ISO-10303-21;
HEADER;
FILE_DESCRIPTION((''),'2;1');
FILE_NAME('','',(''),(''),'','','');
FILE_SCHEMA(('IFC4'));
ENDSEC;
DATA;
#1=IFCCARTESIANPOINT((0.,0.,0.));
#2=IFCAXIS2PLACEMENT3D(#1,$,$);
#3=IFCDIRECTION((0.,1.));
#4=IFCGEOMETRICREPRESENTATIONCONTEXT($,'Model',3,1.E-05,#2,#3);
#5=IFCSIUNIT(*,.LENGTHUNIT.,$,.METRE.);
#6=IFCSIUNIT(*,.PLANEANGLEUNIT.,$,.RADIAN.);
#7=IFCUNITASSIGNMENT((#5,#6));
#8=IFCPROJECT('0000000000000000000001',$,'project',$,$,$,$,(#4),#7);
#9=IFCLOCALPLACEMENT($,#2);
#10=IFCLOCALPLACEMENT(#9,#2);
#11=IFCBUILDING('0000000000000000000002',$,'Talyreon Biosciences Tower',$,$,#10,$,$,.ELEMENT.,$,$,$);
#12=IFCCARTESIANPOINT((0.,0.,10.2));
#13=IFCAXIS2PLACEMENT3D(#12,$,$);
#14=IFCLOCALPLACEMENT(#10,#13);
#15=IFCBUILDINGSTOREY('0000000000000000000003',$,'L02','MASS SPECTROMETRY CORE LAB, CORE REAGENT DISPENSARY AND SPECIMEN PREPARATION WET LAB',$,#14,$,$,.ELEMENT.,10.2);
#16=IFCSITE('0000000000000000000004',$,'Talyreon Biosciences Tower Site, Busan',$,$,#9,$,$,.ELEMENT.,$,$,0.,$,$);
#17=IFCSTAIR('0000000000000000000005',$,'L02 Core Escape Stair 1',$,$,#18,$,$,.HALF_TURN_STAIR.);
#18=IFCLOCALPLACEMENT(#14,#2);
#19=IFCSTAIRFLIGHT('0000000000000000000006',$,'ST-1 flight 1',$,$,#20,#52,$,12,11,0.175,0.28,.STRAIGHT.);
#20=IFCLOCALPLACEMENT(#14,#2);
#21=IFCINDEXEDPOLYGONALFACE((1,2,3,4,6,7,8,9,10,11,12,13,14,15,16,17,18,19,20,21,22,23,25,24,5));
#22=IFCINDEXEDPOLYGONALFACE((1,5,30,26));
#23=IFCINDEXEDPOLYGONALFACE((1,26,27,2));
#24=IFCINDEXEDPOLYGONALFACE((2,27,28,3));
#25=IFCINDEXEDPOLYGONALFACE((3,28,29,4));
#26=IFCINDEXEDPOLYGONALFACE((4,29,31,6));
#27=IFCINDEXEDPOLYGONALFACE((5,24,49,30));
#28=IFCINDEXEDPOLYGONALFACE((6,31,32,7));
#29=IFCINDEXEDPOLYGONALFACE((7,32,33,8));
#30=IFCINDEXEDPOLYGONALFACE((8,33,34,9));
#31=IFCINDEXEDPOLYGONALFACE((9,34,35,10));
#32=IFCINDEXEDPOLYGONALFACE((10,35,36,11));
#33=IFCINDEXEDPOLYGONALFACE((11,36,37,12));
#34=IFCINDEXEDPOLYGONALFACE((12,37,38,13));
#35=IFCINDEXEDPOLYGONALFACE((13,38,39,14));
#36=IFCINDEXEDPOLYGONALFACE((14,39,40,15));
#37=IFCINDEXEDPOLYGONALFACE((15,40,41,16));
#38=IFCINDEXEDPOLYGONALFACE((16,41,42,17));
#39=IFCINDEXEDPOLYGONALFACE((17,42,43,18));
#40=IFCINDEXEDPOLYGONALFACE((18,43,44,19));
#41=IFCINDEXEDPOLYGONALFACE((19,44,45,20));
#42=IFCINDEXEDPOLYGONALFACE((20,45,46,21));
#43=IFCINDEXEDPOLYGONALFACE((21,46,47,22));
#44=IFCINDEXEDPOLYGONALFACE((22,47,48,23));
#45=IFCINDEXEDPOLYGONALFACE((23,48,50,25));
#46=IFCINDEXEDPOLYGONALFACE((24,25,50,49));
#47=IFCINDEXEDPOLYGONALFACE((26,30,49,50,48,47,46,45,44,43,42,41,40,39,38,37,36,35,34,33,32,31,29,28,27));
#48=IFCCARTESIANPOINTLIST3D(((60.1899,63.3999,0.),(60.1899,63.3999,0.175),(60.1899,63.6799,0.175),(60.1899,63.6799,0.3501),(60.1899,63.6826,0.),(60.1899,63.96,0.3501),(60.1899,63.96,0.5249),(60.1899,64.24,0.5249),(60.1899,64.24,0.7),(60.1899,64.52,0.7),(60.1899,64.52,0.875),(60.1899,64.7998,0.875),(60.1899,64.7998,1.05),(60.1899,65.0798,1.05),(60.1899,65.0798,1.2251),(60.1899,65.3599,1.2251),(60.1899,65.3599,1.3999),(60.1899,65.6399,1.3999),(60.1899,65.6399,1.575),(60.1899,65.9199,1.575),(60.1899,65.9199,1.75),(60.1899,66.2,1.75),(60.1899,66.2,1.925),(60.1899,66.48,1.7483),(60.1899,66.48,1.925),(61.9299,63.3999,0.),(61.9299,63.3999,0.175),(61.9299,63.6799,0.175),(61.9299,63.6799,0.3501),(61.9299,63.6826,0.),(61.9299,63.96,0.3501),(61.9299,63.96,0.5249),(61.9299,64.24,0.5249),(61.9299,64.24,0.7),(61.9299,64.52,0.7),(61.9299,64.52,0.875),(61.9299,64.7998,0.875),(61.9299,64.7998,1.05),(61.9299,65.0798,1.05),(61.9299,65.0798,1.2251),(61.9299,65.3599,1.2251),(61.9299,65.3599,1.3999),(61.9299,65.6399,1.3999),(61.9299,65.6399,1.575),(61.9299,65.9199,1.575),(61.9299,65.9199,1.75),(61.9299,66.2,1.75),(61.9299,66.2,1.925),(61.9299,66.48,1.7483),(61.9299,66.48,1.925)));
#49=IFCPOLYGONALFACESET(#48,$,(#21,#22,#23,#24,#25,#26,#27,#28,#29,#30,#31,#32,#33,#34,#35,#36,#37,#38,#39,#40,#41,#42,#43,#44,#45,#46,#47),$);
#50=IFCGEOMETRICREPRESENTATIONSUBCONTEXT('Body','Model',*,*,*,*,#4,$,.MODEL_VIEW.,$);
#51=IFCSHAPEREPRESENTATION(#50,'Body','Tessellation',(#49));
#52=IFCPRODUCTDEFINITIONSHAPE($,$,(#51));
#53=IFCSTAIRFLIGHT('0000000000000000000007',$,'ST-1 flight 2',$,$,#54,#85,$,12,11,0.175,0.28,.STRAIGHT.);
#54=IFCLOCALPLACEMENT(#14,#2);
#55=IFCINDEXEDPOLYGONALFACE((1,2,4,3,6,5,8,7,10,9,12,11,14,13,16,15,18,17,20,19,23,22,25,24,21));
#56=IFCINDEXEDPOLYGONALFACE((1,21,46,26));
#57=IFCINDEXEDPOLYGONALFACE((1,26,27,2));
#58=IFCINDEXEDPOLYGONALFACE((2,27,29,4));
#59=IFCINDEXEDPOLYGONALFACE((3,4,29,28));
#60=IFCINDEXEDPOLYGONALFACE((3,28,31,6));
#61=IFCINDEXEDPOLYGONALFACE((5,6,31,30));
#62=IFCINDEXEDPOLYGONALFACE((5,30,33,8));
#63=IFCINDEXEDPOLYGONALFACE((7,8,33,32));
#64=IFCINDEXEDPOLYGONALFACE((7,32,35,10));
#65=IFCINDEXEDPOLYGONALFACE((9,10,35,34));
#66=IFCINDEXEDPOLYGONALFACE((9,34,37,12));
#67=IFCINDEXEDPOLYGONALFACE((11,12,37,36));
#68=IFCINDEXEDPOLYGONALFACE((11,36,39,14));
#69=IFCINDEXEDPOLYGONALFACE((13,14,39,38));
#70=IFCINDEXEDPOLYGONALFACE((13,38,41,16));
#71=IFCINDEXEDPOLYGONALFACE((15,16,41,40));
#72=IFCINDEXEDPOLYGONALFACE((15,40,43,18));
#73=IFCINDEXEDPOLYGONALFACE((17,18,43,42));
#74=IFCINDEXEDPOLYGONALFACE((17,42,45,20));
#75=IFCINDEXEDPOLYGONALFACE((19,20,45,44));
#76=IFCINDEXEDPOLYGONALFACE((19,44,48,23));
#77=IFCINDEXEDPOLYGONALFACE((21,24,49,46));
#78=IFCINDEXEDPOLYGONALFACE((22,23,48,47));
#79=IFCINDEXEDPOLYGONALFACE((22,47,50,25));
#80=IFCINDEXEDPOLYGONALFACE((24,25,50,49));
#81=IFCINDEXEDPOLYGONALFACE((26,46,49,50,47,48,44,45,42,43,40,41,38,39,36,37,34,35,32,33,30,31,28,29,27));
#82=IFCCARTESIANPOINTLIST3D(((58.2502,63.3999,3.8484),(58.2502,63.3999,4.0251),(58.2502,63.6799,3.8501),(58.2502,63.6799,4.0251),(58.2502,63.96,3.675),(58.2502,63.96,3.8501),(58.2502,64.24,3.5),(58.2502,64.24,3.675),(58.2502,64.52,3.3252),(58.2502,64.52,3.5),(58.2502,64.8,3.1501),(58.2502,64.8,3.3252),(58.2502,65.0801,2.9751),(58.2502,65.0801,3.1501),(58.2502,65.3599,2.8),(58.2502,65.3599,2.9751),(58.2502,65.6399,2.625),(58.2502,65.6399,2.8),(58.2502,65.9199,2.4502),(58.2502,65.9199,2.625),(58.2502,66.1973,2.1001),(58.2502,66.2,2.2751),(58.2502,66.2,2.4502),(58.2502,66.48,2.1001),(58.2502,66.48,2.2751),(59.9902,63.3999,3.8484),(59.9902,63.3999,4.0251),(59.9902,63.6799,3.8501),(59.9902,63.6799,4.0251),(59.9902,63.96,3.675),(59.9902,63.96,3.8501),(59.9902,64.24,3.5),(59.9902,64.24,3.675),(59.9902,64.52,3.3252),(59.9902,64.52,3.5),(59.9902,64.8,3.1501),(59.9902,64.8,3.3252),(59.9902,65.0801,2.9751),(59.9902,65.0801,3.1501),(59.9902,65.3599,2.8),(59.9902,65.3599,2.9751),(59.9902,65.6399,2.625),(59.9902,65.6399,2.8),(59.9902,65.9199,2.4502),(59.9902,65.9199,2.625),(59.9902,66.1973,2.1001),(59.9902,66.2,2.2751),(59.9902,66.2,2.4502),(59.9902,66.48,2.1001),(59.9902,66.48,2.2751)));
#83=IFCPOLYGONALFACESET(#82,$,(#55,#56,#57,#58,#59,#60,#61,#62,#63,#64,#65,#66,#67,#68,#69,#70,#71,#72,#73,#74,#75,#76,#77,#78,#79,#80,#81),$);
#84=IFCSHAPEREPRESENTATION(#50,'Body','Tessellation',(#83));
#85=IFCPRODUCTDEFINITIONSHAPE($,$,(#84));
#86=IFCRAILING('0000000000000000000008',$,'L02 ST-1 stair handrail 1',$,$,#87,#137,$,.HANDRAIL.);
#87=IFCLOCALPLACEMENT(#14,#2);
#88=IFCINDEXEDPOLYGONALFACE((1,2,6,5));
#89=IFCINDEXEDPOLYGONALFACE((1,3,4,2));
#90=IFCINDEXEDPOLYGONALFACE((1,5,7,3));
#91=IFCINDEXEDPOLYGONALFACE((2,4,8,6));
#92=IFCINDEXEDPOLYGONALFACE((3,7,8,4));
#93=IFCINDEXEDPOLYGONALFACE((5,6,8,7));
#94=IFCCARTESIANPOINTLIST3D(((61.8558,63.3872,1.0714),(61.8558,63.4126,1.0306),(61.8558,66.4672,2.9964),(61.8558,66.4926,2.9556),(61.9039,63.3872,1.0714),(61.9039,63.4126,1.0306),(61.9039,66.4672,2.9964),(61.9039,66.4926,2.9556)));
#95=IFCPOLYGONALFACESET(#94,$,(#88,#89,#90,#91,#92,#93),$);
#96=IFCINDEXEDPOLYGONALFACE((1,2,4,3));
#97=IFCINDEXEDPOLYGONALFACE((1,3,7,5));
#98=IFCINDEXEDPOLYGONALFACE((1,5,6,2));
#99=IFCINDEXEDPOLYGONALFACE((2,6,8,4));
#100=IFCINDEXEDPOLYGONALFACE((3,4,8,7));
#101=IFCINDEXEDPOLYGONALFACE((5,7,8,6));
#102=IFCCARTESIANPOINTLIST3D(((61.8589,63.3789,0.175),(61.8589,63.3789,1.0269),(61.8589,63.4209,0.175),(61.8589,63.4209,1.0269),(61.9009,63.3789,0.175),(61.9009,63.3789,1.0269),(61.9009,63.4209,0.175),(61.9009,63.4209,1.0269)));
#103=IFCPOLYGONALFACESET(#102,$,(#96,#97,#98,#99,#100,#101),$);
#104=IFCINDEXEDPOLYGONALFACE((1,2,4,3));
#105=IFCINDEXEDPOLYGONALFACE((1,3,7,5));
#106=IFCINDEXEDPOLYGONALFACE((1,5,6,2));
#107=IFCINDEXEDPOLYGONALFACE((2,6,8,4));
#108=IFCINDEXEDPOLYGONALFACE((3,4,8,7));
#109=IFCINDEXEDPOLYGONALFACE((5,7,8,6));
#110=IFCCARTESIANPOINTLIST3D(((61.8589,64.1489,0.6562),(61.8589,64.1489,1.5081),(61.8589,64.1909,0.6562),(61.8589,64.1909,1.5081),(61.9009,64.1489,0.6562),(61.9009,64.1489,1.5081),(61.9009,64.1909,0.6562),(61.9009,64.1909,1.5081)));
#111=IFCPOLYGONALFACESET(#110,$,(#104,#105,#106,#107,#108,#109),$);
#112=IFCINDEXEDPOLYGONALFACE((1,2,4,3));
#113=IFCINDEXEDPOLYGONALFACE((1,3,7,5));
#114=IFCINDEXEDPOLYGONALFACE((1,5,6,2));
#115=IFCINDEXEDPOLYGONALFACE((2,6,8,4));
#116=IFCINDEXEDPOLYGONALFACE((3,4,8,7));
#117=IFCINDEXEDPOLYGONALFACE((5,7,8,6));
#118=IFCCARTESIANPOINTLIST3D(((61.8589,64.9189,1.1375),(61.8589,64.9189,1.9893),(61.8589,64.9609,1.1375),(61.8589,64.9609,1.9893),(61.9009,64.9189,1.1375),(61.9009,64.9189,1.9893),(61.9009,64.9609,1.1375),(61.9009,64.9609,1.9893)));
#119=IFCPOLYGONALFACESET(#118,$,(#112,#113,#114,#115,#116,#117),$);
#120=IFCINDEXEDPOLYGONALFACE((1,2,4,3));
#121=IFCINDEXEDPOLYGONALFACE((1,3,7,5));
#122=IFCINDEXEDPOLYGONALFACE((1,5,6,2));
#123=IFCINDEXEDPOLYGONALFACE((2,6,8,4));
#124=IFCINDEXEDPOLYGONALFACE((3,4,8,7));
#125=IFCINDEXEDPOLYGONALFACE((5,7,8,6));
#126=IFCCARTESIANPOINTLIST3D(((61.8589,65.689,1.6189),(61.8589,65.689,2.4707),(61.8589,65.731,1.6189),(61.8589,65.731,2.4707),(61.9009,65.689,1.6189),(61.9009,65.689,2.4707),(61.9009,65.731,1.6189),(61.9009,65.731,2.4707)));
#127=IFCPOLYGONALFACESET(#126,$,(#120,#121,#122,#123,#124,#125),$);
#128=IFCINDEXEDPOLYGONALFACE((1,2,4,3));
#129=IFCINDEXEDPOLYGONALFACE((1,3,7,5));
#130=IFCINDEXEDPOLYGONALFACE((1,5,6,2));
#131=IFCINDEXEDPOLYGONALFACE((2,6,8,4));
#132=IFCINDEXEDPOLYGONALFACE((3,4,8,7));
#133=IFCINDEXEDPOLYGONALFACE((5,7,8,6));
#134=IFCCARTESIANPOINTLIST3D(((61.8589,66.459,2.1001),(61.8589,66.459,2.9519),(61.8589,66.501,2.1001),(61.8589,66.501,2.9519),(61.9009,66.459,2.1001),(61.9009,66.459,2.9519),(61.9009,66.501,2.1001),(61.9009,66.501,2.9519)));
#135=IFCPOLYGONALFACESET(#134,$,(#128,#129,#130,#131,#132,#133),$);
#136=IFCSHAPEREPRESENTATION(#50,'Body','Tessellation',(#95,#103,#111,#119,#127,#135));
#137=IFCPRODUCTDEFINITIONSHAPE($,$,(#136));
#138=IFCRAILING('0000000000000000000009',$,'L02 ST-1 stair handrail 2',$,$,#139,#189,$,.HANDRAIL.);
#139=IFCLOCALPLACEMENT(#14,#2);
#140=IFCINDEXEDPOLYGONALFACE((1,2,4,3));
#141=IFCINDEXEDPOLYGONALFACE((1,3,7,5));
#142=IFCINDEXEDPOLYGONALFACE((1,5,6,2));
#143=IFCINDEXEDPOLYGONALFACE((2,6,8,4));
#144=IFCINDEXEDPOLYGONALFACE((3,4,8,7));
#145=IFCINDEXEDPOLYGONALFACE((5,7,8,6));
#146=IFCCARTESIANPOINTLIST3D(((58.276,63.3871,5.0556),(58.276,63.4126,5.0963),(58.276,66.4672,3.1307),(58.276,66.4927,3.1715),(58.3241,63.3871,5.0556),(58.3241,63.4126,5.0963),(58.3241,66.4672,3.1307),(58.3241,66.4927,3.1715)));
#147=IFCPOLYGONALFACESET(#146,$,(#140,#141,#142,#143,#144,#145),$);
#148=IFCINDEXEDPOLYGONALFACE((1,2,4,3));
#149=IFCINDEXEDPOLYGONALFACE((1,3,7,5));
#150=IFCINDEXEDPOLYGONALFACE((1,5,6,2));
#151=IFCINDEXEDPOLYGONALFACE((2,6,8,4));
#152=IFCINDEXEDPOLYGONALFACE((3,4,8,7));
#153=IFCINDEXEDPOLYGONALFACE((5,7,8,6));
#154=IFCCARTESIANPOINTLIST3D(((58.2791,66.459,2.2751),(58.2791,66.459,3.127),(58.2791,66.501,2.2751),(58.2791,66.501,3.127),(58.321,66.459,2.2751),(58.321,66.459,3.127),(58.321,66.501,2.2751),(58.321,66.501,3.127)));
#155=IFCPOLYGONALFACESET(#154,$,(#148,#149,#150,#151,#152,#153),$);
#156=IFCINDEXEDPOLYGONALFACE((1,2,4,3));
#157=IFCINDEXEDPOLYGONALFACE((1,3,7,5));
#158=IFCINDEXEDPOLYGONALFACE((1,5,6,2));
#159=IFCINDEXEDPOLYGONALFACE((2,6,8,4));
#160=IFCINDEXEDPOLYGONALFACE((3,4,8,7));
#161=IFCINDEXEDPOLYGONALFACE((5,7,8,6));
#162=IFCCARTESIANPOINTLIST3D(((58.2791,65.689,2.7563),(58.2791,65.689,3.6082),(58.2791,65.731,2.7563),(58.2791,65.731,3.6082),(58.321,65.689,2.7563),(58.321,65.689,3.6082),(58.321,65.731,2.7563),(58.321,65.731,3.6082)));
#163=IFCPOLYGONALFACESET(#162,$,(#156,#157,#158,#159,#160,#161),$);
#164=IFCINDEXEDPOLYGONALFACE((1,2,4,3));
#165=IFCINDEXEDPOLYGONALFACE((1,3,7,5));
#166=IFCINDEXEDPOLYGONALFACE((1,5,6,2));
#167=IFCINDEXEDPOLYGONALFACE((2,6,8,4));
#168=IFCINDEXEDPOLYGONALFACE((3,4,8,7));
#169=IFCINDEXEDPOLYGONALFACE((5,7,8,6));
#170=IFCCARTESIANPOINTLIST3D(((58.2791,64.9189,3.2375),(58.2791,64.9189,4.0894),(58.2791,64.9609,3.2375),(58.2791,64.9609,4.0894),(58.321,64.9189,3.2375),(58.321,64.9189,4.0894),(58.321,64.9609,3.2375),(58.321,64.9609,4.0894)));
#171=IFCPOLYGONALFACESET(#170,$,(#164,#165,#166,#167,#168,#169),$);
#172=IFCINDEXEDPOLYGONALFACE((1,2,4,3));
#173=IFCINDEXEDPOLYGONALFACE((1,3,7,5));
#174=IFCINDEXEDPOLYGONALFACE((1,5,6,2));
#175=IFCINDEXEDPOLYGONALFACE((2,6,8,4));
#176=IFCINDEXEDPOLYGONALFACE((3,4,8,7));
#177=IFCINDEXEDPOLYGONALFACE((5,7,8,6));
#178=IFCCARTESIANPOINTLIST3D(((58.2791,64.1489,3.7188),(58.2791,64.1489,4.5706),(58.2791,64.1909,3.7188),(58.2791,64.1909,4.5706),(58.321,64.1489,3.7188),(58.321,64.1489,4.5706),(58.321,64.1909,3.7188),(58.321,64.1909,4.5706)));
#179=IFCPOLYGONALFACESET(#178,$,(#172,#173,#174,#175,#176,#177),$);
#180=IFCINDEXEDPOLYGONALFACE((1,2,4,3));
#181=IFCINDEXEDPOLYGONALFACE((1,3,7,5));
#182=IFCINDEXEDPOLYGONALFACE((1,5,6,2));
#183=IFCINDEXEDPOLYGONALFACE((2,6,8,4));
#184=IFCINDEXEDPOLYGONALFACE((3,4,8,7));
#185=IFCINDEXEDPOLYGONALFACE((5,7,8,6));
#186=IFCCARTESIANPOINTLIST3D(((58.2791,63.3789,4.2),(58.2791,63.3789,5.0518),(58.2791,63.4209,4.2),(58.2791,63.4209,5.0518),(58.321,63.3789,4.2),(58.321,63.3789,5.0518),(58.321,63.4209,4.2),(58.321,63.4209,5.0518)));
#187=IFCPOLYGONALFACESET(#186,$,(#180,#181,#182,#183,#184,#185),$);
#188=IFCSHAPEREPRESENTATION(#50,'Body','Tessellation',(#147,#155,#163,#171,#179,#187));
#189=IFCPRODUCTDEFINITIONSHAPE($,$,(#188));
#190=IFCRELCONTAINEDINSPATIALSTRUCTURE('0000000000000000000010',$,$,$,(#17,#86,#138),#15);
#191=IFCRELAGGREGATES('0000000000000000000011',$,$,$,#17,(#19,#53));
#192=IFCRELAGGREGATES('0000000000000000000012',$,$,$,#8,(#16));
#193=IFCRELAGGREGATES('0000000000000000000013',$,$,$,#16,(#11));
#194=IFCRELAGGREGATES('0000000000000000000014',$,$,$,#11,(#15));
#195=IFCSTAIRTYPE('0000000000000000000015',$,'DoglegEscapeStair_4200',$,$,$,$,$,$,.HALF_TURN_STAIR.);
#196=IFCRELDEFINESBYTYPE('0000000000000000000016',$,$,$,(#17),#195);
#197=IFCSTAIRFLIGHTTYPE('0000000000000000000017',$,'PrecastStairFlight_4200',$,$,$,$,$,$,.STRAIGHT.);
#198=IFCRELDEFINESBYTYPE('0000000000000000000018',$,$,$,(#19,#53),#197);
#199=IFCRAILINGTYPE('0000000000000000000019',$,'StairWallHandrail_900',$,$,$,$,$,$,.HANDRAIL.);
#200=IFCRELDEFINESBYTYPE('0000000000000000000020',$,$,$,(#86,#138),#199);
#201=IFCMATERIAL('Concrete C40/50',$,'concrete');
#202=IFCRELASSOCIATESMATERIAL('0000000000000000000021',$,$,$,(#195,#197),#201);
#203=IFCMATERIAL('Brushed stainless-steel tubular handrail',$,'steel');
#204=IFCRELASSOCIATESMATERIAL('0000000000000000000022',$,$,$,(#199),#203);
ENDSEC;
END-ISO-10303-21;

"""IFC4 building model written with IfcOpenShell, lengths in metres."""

from ifc_helpers import new_model, si_unit, direction, frame, origin, origin_2d, place, context, subcontext, project, spatial, polyline, rectangle, outline, extrude, material, type_object, element, aggregate, save


model = new_model("IFC4")

# Units and contexts
model_context = context("Model", 3, precision=1e-05, world=origin(), true_north=direction((0.0, 1.0)))
body_context = subcontext(model_context, "Body", "Model", "MODEL_VIEW")
ifc_project = project(units=[si_unit("LENGTHUNIT", "METRE"), si_unit("PLANEANGLEUNIT", "RADIAN")], contexts=[model_context])

# Site, building, storey
site_placement = place(None, origin())
site = spatial("IfcSite", under=ifc_project, at=site_placement, Name="Talyreon Biosciences Tower Site, Busan", CompositionType="ELEMENT", RefElevation=0.0)
building_placement = place(site_placement, origin())
building = spatial("IfcBuilding", under=site, at=building_placement, Name="Talyreon Biosciences Tower", CompositionType="ELEMENT")
storey_placement = place(building_placement, frame((0.0, 0.0, 10.2)))
storey = spatial("IfcBuildingStorey", under=building, at=storey_placement, Name="L02", Description="MASS SPECTROMETRY CORE LAB, CORE REAGENT DISPENSARY AND SPECIMEN PREPARATION WET LAB", CompositionType="ELEMENT", Elevation=10.2)

# Stair, stair flights
ifc_material_1 = material(Name="Concrete C40/50", Category="concrete")
stair_type = type_object("IfcStairType", Name="DoglegEscapeStair_4200", PredefinedType="HALF_TURN_STAIR", material=ifc_material_1)
stair_placement = place(storey_placement, origin())
stair = element("IfcStair", 1, at=stair_placement, inside=storey, type_object=stair_type, Name="L02 Core Escape Stair 1", PredefinedType="HALF_TURN_STAIR")
stair_flight_type = type_object("IfcStairFlightType", Name="PrecastStairFlight_4200", PredefinedType="STRAIGHT", material=ifc_material_1)
stair_flight_1_placement = place(storey_placement, frame((61.0601, 63.3999, 0.0), z_axis=(0.0, 0.0, 1.0), x_axis=(0.0, 1.0, 0.0)))
stair_flight_1 = element("IfcStairFlight", 2, at=stair_flight_1_placement, type_object=stair_flight_type, Name="ST-1 flight 1", NumberOfRisers=12, NumberOfTreads=11, PredefinedType="STRAIGHT", RiserHeight=0.175, TreadLength=0.28, context=body_context, shape_type="SweptSolid", body=[
    extrude(outline(polyline([(0.0, 0.0), (0.0, 0.175), (0.28, 0.175), (0.28, 0.3501), (0.5601, 0.3501), (0.5601, 0.5249), (0.8401, 0.5249), (0.8401, 0.7), (1.1201, 0.7), (1.1201, 0.875), (1.3999, 0.875), (1.3999, 1.05), (1.6799, 1.05), (1.6799, 1.2251), (1.96, 1.2251), (1.96, 1.3999), (2.24, 1.3999), (2.24, 1.575), (2.52, 1.575), (2.52, 1.75), (2.8, 1.75), (2.8, 1.925), (3.0801, 1.925), (3.0801, 2.1001), (3.0801, 1.7483), (0.2827, 0.0), (0.0, 0.0)])), frame((0.0, 0.8701, 0.0), z_axis=(0.0, -1.0, 0.0), x_axis=(1.0, 0.0, 0.0)), (0.0, 0.0, 1.0), 1.74),
])
stair_flight_2_placement = place(storey_placement, frame((59.1201, 66.48, 2.1001), z_axis=(0.0, 0.0, 1.0), x_axis=(0.0, -1.0, 0.0)))
stair_flight_2 = element("IfcStairFlight", 3, at=stair_flight_2_placement, type_object=stair_flight_type, Name="ST-1 flight 2", NumberOfRisers=12, NumberOfTreads=11, PredefinedType="STRAIGHT", RiserHeight=0.175, TreadLength=0.28, context=body_context, shape_type="SweptSolid", body=[
    extrude(outline(polyline([(0.0, 0.0), (0.0, 0.175), (0.28, 0.175), (0.28, 0.3501), (0.5601, 0.3501), (0.5601, 0.5249), (0.8401, 0.5249), (0.8401, 0.7), (1.1201, 0.7), (1.1201, 0.875), (1.3999, 0.875), (1.3999, 1.05), (1.6799, 1.05), (1.6799, 1.2251), (1.96, 1.2251), (1.96, 1.3999), (2.24, 1.3999), (2.24, 1.575), (2.52, 1.575), (2.52, 1.75), (2.8, 1.75), (2.8, 1.925), (3.0801, 1.925), (3.0801, 2.1001), (3.0801, 1.7483), (0.2827, 0.0), (0.0, 0.0)])), frame((0.0, 0.8701, 0.0), z_axis=(0.0, -1.0, 0.0), x_axis=(1.0, 0.0, 0.0)), (0.0, 0.0, 1.0), 1.74),
])
aggregate(stair, [stair_flight_1, stair_flight_2])

# Railings
ifc_material_2 = material(Name="Brushed stainless-steel tubular handrail", Category="steel")
railing_type_1 = type_object("IfcRailingType", Name="StairWallHandrail_900", PredefinedType="HANDRAIL", material=ifc_material_2)
railing_1_placement = place(storey_placement, frame((61.8799, 63.3999, 0.175)))
element("IfcRailing", 4, at=railing_1_placement, inside=storey, type_object=railing_type_1, Name="L02 ST-1 stair handrail 1", PredefinedType="HANDRAIL", context=body_context, shape_type="SweptSolid", body=[
    extrude(rectangle(XDim=0.0481, YDim=0.0481, at=origin_2d()), frame((0.0, 0.0, 0.876), z_axis=(0.0, 0.847998, 0.529999), x_axis=(-1.0, 0.0, 0.0)), (0.0, 0.0, 1.0), 3.6321),
    extrude(rectangle(XDim=0.042, YDim=0.042, at=origin_2d()), origin(), (0.0, 0.0, 1.0), 0.8518),
    extrude(rectangle(XDim=0.042, YDim=0.042, at=origin_2d()), frame((0.0, 0.77, 0.4812)), (0.0, 0.0, 1.0), 0.8518),
    extrude(rectangle(XDim=0.042, YDim=0.042, at=origin_2d()), frame((0.0, 1.54, 0.9624)), (0.0, 0.0, 1.0), 0.8518),
    extrude(rectangle(XDim=0.042, YDim=0.042, at=origin_2d()), frame((0.0, 2.3101, 1.4438)), (0.0, 0.0, 1.0), 0.8518),
    extrude(rectangle(XDim=0.042, YDim=0.042, at=origin_2d()), frame((0.0, 3.0801, 1.925)), (0.0, 0.0, 1.0), 0.8518),
])
railing_2_placement = place(storey_placement, frame((58.3, 66.48, 2.2751)))
element("IfcRailing", 5, at=railing_2_placement, inside=storey, type_object=railing_type_1, Name="L02 ST-1 stair handrail 2", PredefinedType="HANDRAIL", context=body_context, shape_type="SweptSolid", body=[
    extrude(rectangle(XDim=0.0481, YDim=0.0481, at=origin_2d()), frame((0.0, 0.0, 0.876), z_axis=(0.0, -0.848029, 0.529951), x_axis=(1.0, 0.0, 0.0)), (0.0, 0.0, 1.0), 3.6321),
    extrude(rectangle(XDim=0.042, YDim=0.042, at=origin_2d()), origin(), (0.0, 0.0, 1.0), 0.8518),
    extrude(rectangle(XDim=0.042, YDim=0.042, at=origin_2d()), frame((0.0, -0.77, 0.4812)), (0.0, 0.0, 1.0), 0.8518),
    extrude(rectangle(XDim=0.042, YDim=0.042, at=origin_2d()), frame((0.0, -1.54, 0.9624)), (0.0, 0.0, 1.0), 0.8518),
    extrude(rectangle(XDim=0.042, YDim=0.042, at=origin_2d()), frame((0.0, -2.3101, 1.4436)), (0.0, 0.0, 1.0), 0.8518),
    extrude(rectangle(XDim=0.042, YDim=0.042, at=origin_2d()), frame((0.0, -3.0801, 1.9248)), (0.0, 0.0, 1.0), 0.8518),
])

save(model, "model.ifc")
